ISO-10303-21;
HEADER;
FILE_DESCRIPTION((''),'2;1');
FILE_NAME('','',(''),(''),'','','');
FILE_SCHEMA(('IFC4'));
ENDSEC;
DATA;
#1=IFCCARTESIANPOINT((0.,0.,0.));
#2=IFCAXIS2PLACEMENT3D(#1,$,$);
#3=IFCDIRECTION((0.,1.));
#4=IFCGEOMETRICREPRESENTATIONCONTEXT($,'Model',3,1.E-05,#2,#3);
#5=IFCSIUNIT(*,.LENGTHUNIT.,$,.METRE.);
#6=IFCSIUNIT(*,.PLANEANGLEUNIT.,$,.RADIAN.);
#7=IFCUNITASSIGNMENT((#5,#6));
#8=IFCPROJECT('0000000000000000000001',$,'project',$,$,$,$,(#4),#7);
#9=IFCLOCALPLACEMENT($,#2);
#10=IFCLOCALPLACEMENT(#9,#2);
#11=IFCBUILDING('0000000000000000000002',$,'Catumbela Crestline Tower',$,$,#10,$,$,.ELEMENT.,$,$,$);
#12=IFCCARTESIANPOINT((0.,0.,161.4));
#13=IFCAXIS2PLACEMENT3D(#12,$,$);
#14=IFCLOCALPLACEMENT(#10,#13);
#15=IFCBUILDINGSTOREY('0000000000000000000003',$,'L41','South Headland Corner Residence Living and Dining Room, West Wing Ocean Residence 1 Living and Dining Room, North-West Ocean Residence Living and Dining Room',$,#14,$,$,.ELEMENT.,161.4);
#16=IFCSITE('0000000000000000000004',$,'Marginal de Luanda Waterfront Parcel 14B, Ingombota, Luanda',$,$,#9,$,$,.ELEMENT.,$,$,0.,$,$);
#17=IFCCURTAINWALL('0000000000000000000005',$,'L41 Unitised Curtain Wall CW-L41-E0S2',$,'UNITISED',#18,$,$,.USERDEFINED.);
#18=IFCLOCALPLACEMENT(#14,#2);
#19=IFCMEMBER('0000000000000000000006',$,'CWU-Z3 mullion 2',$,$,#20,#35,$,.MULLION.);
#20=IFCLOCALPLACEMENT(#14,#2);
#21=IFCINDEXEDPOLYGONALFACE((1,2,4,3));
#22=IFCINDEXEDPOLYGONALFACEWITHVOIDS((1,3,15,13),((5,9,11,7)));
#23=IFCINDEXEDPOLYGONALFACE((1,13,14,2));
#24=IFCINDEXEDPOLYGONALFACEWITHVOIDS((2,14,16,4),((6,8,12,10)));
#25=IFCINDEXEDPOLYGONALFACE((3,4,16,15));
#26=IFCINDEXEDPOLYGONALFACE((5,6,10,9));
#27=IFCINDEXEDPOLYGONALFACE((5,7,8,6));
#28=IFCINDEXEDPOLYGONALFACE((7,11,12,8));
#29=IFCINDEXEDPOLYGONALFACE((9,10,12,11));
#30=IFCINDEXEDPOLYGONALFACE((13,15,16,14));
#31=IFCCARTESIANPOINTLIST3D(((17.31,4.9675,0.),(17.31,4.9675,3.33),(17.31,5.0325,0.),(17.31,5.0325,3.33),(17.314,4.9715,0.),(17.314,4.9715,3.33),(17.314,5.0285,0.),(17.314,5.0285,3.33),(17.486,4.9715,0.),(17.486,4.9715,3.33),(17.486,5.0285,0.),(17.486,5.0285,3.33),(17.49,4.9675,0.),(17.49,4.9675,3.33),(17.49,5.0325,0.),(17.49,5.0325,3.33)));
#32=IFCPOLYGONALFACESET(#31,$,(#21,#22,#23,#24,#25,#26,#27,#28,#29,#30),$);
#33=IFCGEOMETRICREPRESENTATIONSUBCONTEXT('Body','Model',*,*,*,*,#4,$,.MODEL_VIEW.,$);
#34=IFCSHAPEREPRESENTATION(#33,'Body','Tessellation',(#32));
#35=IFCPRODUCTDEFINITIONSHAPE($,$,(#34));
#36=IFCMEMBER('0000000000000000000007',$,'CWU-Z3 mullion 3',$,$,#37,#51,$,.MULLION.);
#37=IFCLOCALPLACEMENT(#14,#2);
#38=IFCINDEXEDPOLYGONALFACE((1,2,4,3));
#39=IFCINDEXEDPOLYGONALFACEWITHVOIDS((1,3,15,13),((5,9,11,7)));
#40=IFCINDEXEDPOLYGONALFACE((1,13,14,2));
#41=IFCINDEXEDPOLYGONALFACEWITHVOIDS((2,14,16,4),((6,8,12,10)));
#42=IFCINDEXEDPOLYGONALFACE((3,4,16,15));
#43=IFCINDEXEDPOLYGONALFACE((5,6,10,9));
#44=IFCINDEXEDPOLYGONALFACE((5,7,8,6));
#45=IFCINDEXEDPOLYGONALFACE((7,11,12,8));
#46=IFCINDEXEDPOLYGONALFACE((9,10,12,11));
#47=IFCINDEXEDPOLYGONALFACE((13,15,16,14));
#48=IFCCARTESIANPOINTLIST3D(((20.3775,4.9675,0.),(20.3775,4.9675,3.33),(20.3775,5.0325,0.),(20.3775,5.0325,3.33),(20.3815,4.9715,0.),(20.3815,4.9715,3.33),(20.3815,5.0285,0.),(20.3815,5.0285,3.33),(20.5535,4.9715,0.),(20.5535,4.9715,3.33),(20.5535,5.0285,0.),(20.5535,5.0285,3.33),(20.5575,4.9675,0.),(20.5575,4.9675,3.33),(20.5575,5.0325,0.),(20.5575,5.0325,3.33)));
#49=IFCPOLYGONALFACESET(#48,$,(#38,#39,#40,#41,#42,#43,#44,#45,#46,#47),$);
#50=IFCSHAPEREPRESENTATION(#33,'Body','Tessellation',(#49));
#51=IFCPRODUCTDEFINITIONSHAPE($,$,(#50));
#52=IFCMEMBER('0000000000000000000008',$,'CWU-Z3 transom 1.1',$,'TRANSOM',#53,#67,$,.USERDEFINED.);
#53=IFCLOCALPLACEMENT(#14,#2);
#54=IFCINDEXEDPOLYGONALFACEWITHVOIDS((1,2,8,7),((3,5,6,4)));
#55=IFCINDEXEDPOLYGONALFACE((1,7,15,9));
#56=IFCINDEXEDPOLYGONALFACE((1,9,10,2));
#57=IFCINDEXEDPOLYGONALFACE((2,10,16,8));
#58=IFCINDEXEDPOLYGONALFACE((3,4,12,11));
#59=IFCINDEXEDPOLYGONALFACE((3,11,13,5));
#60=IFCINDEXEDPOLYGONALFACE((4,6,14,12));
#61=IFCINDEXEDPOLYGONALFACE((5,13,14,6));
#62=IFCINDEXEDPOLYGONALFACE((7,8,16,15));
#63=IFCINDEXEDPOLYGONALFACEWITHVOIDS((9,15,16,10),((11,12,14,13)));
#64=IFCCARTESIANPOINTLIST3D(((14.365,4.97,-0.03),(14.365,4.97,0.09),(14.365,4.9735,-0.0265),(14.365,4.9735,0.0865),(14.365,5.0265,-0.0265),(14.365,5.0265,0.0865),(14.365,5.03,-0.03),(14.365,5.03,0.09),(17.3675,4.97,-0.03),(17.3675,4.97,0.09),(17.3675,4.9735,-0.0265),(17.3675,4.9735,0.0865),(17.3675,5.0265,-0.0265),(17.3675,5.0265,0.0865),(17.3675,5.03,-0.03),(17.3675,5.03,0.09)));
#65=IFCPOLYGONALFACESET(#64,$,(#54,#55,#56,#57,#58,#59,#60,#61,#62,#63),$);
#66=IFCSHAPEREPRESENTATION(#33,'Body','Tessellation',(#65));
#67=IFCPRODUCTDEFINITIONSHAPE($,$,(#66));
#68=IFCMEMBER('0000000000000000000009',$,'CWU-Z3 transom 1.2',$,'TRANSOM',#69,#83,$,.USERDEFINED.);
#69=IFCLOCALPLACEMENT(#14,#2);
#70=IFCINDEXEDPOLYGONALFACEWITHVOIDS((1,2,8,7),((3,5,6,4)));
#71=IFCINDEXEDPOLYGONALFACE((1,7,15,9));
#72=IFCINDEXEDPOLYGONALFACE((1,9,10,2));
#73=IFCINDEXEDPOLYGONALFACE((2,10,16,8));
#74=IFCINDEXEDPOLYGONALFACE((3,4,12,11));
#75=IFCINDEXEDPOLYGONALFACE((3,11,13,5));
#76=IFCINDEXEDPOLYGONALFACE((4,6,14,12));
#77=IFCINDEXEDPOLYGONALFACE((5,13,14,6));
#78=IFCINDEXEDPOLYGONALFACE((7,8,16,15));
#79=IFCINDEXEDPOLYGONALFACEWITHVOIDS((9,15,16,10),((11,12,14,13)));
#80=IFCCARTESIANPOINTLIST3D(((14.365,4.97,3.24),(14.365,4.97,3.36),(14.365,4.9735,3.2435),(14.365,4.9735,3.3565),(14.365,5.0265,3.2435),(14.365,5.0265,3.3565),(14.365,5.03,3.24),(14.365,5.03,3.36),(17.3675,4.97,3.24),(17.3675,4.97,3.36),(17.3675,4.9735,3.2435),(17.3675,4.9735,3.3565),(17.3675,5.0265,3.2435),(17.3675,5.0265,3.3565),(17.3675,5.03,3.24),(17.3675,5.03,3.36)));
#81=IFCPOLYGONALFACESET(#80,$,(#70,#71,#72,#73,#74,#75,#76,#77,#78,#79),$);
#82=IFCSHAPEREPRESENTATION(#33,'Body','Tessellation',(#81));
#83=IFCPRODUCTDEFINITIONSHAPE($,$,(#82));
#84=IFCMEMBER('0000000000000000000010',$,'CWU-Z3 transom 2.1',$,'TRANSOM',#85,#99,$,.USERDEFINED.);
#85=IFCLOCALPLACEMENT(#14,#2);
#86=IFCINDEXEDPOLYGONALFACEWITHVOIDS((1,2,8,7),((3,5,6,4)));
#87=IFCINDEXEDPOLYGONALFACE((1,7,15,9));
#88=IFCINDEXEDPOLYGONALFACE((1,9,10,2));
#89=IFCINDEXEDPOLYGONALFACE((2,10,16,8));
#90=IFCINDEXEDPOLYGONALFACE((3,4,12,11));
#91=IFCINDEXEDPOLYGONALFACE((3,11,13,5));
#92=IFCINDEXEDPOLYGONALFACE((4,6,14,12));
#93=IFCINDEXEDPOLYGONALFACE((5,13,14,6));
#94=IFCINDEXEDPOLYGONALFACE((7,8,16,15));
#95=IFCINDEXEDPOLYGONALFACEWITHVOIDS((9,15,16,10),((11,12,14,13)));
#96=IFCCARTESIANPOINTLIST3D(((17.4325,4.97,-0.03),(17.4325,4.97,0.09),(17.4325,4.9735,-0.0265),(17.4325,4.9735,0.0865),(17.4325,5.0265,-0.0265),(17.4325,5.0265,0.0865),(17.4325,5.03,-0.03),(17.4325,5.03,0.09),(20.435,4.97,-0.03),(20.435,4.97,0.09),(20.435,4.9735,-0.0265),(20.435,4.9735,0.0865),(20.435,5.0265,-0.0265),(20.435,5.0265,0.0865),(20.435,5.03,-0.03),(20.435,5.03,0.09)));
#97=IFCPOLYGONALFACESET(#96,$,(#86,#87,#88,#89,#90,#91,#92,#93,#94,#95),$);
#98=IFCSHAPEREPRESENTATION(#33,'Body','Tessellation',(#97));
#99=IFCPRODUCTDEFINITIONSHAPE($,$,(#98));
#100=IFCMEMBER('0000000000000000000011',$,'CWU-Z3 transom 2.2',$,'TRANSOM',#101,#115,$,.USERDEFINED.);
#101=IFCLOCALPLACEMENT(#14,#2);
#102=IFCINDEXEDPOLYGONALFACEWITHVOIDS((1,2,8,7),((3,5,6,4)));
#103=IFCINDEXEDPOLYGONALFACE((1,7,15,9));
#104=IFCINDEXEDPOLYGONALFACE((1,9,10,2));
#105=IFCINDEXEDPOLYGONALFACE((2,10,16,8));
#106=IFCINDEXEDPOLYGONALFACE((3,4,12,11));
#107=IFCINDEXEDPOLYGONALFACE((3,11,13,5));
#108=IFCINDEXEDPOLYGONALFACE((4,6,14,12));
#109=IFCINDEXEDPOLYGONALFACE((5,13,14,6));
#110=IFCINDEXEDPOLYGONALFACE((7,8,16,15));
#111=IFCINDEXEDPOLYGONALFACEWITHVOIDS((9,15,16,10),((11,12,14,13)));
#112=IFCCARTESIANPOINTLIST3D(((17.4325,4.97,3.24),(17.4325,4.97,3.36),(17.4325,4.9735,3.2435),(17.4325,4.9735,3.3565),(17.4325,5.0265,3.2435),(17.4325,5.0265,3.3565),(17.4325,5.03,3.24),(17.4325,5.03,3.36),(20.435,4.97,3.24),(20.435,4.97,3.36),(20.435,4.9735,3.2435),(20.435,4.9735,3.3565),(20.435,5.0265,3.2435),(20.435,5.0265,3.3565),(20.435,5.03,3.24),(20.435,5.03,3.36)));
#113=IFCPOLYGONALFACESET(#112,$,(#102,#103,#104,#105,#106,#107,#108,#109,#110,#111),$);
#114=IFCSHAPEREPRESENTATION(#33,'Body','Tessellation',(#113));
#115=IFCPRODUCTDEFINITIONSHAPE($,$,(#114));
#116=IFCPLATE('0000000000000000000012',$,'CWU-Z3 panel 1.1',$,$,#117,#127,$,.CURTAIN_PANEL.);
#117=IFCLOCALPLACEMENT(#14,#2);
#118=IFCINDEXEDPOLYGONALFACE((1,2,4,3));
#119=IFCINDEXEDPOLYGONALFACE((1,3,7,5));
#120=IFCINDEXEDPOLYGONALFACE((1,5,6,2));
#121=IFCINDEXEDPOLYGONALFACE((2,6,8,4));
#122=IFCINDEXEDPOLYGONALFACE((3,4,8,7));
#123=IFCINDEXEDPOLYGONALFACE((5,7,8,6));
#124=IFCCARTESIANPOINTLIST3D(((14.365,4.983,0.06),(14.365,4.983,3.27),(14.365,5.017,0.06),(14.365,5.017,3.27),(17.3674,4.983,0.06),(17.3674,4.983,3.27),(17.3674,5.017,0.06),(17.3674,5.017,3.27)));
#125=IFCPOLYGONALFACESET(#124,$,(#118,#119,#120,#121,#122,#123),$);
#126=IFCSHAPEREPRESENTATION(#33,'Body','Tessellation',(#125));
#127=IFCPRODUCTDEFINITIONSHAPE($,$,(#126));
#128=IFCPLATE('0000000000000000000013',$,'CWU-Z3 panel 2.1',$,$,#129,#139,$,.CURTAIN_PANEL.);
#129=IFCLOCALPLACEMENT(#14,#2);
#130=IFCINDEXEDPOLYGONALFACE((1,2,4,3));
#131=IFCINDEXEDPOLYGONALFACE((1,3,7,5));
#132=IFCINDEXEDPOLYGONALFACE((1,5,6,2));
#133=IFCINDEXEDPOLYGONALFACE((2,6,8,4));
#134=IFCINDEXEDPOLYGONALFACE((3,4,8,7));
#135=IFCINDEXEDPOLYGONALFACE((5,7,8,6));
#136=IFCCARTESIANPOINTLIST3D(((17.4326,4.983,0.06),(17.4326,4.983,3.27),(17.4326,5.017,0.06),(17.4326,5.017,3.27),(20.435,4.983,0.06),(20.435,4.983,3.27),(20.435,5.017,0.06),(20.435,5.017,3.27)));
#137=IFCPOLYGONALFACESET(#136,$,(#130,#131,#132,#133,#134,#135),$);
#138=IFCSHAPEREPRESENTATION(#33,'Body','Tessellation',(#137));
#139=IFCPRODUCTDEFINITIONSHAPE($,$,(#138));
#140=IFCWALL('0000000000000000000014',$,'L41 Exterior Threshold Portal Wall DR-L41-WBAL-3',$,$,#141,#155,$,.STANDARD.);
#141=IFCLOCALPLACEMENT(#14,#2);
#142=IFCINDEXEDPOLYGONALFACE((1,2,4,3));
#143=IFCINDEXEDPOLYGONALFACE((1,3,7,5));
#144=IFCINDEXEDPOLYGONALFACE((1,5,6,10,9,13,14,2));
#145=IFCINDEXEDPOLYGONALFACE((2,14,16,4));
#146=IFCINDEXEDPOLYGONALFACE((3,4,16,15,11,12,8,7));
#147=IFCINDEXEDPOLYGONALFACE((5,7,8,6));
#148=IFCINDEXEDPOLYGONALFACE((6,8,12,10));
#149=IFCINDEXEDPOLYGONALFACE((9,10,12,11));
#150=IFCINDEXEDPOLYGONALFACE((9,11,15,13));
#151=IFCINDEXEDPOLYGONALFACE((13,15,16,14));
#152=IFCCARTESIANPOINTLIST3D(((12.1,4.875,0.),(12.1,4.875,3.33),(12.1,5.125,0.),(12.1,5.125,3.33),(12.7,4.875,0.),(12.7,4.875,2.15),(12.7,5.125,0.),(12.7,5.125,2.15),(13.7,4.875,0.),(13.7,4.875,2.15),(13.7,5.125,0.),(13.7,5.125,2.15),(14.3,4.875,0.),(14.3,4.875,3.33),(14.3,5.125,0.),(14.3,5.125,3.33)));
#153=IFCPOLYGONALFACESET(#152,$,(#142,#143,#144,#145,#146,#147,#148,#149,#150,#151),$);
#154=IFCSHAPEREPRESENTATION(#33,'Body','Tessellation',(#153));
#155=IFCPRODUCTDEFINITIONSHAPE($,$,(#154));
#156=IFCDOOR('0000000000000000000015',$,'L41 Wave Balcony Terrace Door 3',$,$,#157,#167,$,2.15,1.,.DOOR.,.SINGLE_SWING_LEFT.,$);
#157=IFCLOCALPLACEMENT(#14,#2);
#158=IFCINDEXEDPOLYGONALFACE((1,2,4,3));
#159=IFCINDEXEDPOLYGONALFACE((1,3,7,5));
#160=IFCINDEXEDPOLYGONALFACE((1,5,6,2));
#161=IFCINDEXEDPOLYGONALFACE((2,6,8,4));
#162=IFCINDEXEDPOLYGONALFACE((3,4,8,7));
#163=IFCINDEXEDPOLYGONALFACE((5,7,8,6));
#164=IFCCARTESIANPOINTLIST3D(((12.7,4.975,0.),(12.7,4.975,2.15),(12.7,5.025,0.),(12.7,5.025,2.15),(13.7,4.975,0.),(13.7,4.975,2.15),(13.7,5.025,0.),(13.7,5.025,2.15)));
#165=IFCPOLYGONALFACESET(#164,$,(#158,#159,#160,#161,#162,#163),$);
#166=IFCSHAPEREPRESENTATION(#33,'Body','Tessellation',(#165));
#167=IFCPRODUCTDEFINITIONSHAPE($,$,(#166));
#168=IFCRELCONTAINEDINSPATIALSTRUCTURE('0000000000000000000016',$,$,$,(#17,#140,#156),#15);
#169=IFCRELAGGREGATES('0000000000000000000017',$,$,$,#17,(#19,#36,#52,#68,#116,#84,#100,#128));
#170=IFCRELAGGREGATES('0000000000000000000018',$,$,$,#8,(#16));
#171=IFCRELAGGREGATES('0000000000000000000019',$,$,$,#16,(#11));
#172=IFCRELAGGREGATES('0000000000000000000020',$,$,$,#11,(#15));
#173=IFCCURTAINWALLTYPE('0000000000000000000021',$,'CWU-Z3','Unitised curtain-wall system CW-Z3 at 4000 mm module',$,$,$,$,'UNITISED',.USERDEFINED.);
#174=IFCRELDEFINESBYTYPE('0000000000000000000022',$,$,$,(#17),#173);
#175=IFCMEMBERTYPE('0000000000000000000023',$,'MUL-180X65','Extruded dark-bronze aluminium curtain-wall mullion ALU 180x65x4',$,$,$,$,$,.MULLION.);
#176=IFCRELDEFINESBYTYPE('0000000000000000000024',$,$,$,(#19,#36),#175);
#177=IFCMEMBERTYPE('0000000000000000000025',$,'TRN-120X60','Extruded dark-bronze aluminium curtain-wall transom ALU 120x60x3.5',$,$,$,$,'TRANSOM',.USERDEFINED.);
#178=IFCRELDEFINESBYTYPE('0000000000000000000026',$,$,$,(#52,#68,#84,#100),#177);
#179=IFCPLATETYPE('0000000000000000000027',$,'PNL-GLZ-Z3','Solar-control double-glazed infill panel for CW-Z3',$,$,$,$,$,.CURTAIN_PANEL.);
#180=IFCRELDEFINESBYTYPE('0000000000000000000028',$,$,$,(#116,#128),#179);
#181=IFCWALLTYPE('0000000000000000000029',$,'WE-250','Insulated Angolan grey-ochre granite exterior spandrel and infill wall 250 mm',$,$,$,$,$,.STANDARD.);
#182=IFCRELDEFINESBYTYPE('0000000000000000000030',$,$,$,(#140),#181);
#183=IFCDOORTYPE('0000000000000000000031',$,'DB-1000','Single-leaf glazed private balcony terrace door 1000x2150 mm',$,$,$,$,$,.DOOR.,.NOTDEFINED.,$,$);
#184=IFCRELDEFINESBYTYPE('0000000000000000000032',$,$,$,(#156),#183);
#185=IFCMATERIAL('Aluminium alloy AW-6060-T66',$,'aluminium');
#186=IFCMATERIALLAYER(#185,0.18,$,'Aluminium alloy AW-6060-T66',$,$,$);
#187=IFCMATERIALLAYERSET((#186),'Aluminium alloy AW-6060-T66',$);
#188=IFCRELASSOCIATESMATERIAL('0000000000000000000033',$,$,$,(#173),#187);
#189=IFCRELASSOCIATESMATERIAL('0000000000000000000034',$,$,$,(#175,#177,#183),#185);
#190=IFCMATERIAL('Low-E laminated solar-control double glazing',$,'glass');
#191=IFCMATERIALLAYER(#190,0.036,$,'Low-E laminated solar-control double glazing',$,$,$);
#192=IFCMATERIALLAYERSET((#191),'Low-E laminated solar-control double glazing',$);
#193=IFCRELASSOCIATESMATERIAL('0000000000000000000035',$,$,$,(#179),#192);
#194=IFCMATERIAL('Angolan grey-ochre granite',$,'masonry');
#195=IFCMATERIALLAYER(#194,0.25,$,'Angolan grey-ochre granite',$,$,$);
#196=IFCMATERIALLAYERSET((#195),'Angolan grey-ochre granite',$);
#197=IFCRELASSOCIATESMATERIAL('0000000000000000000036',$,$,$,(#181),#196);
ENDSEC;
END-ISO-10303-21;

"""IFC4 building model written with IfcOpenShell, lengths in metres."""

from ifc_helpers import new_model, si_unit, direction, frame, frame_2d, origin, origin_2d, place, context, subcontext, project, spatial, rectangle, hollow_rectangle, extrude, material, layer, layer_set, material_profile, profile_set, type_object, element, fill, aggregate, save


model = new_model("IFC4")

# Units and contexts
model_context = context("Model", 3, precision=1e-05, world=origin(), true_north=direction((0.0, 1.0)))
body_context = subcontext(model_context, "Body", "Model", "MODEL_VIEW")
ifc_project = project(units=[si_unit("LENGTHUNIT", "METRE"), si_unit("PLANEANGLEUNIT", "RADIAN")], contexts=[model_context])

# Site, building, storey
site_placement = place(None, origin())
site = spatial("IfcSite", under=ifc_project, at=site_placement, Name="Marginal de Luanda Waterfront Parcel 14B, Ingombota, Luanda", CompositionType="ELEMENT", RefElevation=0.0)
building_placement = place(site_placement, origin())
building = spatial("IfcBuilding", under=site, at=building_placement, Name="Catumbela Crestline Tower", CompositionType="ELEMENT")
storey_placement = place(building_placement, frame((0.0, 0.0, 161.4)))
storey = spatial("IfcBuildingStorey", under=building, at=storey_placement, Name="L41", Description="South Headland Corner Residence Living and Dining Room, West Wing Ocean Residence 1 Living and Dining Room, North-West Ocean Residence Living and Dining Room", CompositionType="ELEMENT", Elevation=161.4)

# Curtain wall, members, plates
ifc_material_1 = material(Name="Aluminium alloy AW-6060-T66", Category="aluminium")
ifc_layer_1 = layer(ifc_material_1, 0.18, Name="Aluminium alloy AW-6060-T66")
ifc_layer_set_1 = layer_set([ifc_layer_1], Name="Aluminium alloy AW-6060-T66")
curtain_wall_type = type_object("IfcCurtainWallType", Name="CWU-Z3", Description="Unitised curtain-wall system CW-Z3 at 4000 mm module", ElementType="UNITISED", PredefinedType="USERDEFINED", material=ifc_layer_set_1)
curtain_wall_placement = place(storey_placement, origin())
curtain_wall = element("IfcCurtainWall", 1, at=curtain_wall_placement, inside=storey, type_object=curtain_wall_type, Name="L41 Unitised Curtain Wall CW-L41-E0S2", ObjectType="UNITISED", PredefinedType="USERDEFINED")
ifc_material_profile_1 = material_profile(ifc_material_1, hollow_rectangle(XDim=0.065, YDim=0.18, WallThickness=0.004, at=origin_2d()), Name="ALU 180x65x4")
ifc_profile_set_1 = profile_set([ifc_material_profile_1], Name="Aluminium alloy AW-6060-T66")
member_type_1 = type_object("IfcMemberType", Name="MUL-180X65", Description="Extruded dark-bronze aluminium curtain-wall mullion ALU 180x65x4", PredefinedType="MULLION", material=ifc_profile_set_1)
member_1_placement = place(storey_placement, frame((17.4, 5.0, 0.0), z_axis=(0.0, 0.0, 1.0), x_axis=(0.0, 1.0, 0.0)))
member_1 = element("IfcMember", 2, at=member_1_placement, type_object=member_type_1, Name="CWU-Z3 mullion 2", PredefinedType="MULLION", context=body_context, shape_type="SweptSolid", body=[
    extrude(hollow_rectangle(XDim=0.065, YDim=0.18, WallThickness=0.004, at=origin_2d()), origin(), (0.0, 0.0, 1.0), 3.33),
])
member_2_placement = place(storey_placement, frame((20.4675, 5.0, 0.0), z_axis=(0.0, 0.0, 1.0), x_axis=(0.0, 1.0, 0.0)))
member_2 = element("IfcMember", 3, at=member_2_placement, type_object=member_type_1, Name="CWU-Z3 mullion 3", PredefinedType="MULLION", context=body_context, shape_type="SweptSolid", body=[
    extrude(hollow_rectangle(XDim=0.065, YDim=0.18, WallThickness=0.004, at=origin_2d()), origin(), (0.0, 0.0, 1.0), 3.33),
])
ifc_material_profile_2 = material_profile(ifc_material_1, hollow_rectangle(XDim=0.06, YDim=0.12, WallThickness=0.0035, at=origin_2d()), Name="ALU 120x60x3.5")
ifc_profile_set_2 = profile_set([ifc_material_profile_2], Name="Aluminium alloy AW-6060-T66")
member_type_2 = type_object("IfcMemberType", Name="TRN-120X60", Description="Extruded dark-bronze aluminium curtain-wall transom ALU 120x60x3.5", ElementType="TRANSOM", PredefinedType="USERDEFINED", material=ifc_profile_set_2)
member_3_placement = place(storey_placement, frame((14.365, 5.0, 0.03), z_axis=(1.0, 0.0, 0.0), x_axis=(0.0, 1.0, 0.0)))
member_3 = element("IfcMember", 4, at=member_3_placement, type_object=member_type_2, Name="CWU-Z3 transom 1.1", ObjectType="TRANSOM", PredefinedType="USERDEFINED", context=body_context, shape_type="SweptSolid", body=[
    extrude(hollow_rectangle(XDim=0.06, YDim=0.12, WallThickness=0.0035, at=origin_2d()), origin(), (0.0, 0.0, 1.0), 3.0025),
])
member_4_placement = place(storey_placement, frame((14.365, 5.0, 3.3), z_axis=(1.0, 0.0, 0.0), x_axis=(0.0, 1.0, 0.0)))
member_4 = element("IfcMember", 5, at=member_4_placement, type_object=member_type_2, Name="CWU-Z3 transom 1.2", ObjectType="TRANSOM", PredefinedType="USERDEFINED", context=body_context, shape_type="SweptSolid", body=[
    extrude(hollow_rectangle(XDim=0.06, YDim=0.12, WallThickness=0.0035, at=origin_2d()), origin(), (0.0, 0.0, 1.0), 3.0025),
])
member_5_placement = place(storey_placement, frame((17.4325, 5.0, 0.03), z_axis=(1.0, 0.0, 0.0), x_axis=(0.0, 1.0, 0.0)))
member_5 = element("IfcMember", 6, at=member_5_placement, type_object=member_type_2, Name="CWU-Z3 transom 2.1", ObjectType="TRANSOM", PredefinedType="USERDEFINED", context=body_context, shape_type="SweptSolid", body=[
    extrude(hollow_rectangle(XDim=0.06, YDim=0.12, WallThickness=0.0035, at=origin_2d()), origin(), (0.0, 0.0, 1.0), 3.0025),
])
member_6_placement = place(storey_placement, frame((17.4325, 5.0, 3.3), z_axis=(1.0, 0.0, 0.0), x_axis=(0.0, 1.0, 0.0)))
member_6 = element("IfcMember", 7, at=member_6_placement, type_object=member_type_2, Name="CWU-Z3 transom 2.2", ObjectType="TRANSOM", PredefinedType="USERDEFINED", context=body_context, shape_type="SweptSolid", body=[
    extrude(hollow_rectangle(XDim=0.06, YDim=0.12, WallThickness=0.0035, at=origin_2d()), origin(), (0.0, 0.0, 1.0), 3.0025),
])
ifc_material_2 = material(Name="Low-E laminated solar-control double glazing", Category="glass")
ifc_layer_2 = layer(ifc_material_2, 0.036, Name="Low-E laminated solar-control double glazing")
ifc_layer_set_2 = layer_set([ifc_layer_2], Name="Low-E laminated solar-control double glazing")
plate_type = type_object("IfcPlateType", Name="PNL-GLZ-Z3", Description="Solar-control double-glazed infill panel for CW-Z3", PredefinedType="CURTAIN_PANEL", material=ifc_layer_set_2)
plate_1_placement = place(storey_placement, frame((15.8662, 5.0, 0.06), z_axis=(0.0, 0.0, 1.0), x_axis=(1.0, 0.0, 0.0)))
plate_1 = element("IfcPlate", 8, at=plate_1_placement, type_object=plate_type, Name="CWU-Z3 panel 1.1", PredefinedType="CURTAIN_PANEL", context=body_context, shape_type="SweptSolid", body=[
    extrude(rectangle(XDim=3.0025, YDim=0.034, at=origin_2d()), origin(), (0.0, 0.0, 1.0), 3.21),
])
plate_2_placement = place(storey_placement, frame((18.9338, 5.0, 0.06), z_axis=(0.0, 0.0, 1.0), x_axis=(1.0, 0.0, 0.0)))
plate_2 = element("IfcPlate", 9, at=plate_2_placement, type_object=plate_type, Name="CWU-Z3 panel 2.1", PredefinedType="CURTAIN_PANEL", context=body_context, shape_type="SweptSolid", body=[
    extrude(rectangle(XDim=3.0025, YDim=0.034, at=origin_2d()), origin(), (0.0, 0.0, 1.0), 3.21),
])
aggregate(curtain_wall, [member_1, member_2, member_3, member_4, plate_1, member_5, member_6, plate_2])

# Wall, opening, door
ifc_material_3 = material(Name="Angolan grey-ochre granite", Category="masonry")
ifc_layer_3 = layer(ifc_material_3, 0.25, Name="Angolan grey-ochre granite")
ifc_layer_set_3 = layer_set([ifc_layer_3], Name="Angolan grey-ochre granite")
wall_type_1 = type_object("IfcWallType", Name="WE-250", Description="Insulated Angolan grey-ochre granite exterior spandrel and infill wall 250 mm", PredefinedType="STANDARD", material=ifc_layer_set_3)
wall_1_placement = place(storey_placement, frame((12.1, 5.0, 0.0), z_axis=(0.0, 0.0, 1.0), x_axis=(1.0, 0.0, 0.0)))
wall_1 = element("IfcWall", 10, at=wall_1_placement, inside=storey, type_object=wall_type_1, Name="L41 Exterior Threshold Portal Wall DR-L41-WBAL-3", PredefinedType="STANDARD", context=body_context, shape_type="SweptSolid", body=[
    extrude(rectangle(XDim=2.2, YDim=0.25, at=frame_2d((1.1, 0.0))), origin(), (0.0, 0.0, 1.0), 3.33),
])
opening_1_placement = place(wall_1_placement, frame((0.6, 0.0, 0.0)))
opening_1 = element("IfcOpeningElement", 11, at=opening_1_placement, cuts=wall_1, PredefinedType="OPENING", context=body_context, shape_type="SweptSolid", body=[
    extrude(rectangle(XDim=1.0, YDim=2.15, at=frame_2d((0.5, 1.075))), frame((0.0, 0.135, 0.0), z_axis=(0.0, -1.0, 0.0), x_axis=(1.0, 0.0, 0.0)), (0.0, 0.0, 1.0), 0.27),
])
door_type_1 = type_object("IfcDoorType", Name="DB-1000", Description="Single-leaf glazed private balcony terrace door 1000x2150 mm", OperationType="NOTDEFINED", PredefinedType="DOOR", material=ifc_material_1)
door_1_placement = place(opening_1_placement, origin())
door_1 = element("IfcDoor", 12, at=door_1_placement, inside=storey, type_object=door_type_1, Name="L41 Wave Balcony Terrace Door 3", OperationType="SINGLE_SWING_LEFT", OverallHeight=2.15, OverallWidth=1.0, PredefinedType="DOOR", context=body_context, shape_type="SweptSolid", body=[
    extrude(rectangle(XDim=1.0, YDim=2.15, at=frame_2d((0.5, 1.075))), frame((0.0, 0.025, 0.0), z_axis=(0.0, -1.0, 0.0), x_axis=(1.0, 0.0, 0.0)), (0.0, 0.0, 1.0), 0.05),
])
fill(opening_1, door_1)

save(model, "model.ifc")
